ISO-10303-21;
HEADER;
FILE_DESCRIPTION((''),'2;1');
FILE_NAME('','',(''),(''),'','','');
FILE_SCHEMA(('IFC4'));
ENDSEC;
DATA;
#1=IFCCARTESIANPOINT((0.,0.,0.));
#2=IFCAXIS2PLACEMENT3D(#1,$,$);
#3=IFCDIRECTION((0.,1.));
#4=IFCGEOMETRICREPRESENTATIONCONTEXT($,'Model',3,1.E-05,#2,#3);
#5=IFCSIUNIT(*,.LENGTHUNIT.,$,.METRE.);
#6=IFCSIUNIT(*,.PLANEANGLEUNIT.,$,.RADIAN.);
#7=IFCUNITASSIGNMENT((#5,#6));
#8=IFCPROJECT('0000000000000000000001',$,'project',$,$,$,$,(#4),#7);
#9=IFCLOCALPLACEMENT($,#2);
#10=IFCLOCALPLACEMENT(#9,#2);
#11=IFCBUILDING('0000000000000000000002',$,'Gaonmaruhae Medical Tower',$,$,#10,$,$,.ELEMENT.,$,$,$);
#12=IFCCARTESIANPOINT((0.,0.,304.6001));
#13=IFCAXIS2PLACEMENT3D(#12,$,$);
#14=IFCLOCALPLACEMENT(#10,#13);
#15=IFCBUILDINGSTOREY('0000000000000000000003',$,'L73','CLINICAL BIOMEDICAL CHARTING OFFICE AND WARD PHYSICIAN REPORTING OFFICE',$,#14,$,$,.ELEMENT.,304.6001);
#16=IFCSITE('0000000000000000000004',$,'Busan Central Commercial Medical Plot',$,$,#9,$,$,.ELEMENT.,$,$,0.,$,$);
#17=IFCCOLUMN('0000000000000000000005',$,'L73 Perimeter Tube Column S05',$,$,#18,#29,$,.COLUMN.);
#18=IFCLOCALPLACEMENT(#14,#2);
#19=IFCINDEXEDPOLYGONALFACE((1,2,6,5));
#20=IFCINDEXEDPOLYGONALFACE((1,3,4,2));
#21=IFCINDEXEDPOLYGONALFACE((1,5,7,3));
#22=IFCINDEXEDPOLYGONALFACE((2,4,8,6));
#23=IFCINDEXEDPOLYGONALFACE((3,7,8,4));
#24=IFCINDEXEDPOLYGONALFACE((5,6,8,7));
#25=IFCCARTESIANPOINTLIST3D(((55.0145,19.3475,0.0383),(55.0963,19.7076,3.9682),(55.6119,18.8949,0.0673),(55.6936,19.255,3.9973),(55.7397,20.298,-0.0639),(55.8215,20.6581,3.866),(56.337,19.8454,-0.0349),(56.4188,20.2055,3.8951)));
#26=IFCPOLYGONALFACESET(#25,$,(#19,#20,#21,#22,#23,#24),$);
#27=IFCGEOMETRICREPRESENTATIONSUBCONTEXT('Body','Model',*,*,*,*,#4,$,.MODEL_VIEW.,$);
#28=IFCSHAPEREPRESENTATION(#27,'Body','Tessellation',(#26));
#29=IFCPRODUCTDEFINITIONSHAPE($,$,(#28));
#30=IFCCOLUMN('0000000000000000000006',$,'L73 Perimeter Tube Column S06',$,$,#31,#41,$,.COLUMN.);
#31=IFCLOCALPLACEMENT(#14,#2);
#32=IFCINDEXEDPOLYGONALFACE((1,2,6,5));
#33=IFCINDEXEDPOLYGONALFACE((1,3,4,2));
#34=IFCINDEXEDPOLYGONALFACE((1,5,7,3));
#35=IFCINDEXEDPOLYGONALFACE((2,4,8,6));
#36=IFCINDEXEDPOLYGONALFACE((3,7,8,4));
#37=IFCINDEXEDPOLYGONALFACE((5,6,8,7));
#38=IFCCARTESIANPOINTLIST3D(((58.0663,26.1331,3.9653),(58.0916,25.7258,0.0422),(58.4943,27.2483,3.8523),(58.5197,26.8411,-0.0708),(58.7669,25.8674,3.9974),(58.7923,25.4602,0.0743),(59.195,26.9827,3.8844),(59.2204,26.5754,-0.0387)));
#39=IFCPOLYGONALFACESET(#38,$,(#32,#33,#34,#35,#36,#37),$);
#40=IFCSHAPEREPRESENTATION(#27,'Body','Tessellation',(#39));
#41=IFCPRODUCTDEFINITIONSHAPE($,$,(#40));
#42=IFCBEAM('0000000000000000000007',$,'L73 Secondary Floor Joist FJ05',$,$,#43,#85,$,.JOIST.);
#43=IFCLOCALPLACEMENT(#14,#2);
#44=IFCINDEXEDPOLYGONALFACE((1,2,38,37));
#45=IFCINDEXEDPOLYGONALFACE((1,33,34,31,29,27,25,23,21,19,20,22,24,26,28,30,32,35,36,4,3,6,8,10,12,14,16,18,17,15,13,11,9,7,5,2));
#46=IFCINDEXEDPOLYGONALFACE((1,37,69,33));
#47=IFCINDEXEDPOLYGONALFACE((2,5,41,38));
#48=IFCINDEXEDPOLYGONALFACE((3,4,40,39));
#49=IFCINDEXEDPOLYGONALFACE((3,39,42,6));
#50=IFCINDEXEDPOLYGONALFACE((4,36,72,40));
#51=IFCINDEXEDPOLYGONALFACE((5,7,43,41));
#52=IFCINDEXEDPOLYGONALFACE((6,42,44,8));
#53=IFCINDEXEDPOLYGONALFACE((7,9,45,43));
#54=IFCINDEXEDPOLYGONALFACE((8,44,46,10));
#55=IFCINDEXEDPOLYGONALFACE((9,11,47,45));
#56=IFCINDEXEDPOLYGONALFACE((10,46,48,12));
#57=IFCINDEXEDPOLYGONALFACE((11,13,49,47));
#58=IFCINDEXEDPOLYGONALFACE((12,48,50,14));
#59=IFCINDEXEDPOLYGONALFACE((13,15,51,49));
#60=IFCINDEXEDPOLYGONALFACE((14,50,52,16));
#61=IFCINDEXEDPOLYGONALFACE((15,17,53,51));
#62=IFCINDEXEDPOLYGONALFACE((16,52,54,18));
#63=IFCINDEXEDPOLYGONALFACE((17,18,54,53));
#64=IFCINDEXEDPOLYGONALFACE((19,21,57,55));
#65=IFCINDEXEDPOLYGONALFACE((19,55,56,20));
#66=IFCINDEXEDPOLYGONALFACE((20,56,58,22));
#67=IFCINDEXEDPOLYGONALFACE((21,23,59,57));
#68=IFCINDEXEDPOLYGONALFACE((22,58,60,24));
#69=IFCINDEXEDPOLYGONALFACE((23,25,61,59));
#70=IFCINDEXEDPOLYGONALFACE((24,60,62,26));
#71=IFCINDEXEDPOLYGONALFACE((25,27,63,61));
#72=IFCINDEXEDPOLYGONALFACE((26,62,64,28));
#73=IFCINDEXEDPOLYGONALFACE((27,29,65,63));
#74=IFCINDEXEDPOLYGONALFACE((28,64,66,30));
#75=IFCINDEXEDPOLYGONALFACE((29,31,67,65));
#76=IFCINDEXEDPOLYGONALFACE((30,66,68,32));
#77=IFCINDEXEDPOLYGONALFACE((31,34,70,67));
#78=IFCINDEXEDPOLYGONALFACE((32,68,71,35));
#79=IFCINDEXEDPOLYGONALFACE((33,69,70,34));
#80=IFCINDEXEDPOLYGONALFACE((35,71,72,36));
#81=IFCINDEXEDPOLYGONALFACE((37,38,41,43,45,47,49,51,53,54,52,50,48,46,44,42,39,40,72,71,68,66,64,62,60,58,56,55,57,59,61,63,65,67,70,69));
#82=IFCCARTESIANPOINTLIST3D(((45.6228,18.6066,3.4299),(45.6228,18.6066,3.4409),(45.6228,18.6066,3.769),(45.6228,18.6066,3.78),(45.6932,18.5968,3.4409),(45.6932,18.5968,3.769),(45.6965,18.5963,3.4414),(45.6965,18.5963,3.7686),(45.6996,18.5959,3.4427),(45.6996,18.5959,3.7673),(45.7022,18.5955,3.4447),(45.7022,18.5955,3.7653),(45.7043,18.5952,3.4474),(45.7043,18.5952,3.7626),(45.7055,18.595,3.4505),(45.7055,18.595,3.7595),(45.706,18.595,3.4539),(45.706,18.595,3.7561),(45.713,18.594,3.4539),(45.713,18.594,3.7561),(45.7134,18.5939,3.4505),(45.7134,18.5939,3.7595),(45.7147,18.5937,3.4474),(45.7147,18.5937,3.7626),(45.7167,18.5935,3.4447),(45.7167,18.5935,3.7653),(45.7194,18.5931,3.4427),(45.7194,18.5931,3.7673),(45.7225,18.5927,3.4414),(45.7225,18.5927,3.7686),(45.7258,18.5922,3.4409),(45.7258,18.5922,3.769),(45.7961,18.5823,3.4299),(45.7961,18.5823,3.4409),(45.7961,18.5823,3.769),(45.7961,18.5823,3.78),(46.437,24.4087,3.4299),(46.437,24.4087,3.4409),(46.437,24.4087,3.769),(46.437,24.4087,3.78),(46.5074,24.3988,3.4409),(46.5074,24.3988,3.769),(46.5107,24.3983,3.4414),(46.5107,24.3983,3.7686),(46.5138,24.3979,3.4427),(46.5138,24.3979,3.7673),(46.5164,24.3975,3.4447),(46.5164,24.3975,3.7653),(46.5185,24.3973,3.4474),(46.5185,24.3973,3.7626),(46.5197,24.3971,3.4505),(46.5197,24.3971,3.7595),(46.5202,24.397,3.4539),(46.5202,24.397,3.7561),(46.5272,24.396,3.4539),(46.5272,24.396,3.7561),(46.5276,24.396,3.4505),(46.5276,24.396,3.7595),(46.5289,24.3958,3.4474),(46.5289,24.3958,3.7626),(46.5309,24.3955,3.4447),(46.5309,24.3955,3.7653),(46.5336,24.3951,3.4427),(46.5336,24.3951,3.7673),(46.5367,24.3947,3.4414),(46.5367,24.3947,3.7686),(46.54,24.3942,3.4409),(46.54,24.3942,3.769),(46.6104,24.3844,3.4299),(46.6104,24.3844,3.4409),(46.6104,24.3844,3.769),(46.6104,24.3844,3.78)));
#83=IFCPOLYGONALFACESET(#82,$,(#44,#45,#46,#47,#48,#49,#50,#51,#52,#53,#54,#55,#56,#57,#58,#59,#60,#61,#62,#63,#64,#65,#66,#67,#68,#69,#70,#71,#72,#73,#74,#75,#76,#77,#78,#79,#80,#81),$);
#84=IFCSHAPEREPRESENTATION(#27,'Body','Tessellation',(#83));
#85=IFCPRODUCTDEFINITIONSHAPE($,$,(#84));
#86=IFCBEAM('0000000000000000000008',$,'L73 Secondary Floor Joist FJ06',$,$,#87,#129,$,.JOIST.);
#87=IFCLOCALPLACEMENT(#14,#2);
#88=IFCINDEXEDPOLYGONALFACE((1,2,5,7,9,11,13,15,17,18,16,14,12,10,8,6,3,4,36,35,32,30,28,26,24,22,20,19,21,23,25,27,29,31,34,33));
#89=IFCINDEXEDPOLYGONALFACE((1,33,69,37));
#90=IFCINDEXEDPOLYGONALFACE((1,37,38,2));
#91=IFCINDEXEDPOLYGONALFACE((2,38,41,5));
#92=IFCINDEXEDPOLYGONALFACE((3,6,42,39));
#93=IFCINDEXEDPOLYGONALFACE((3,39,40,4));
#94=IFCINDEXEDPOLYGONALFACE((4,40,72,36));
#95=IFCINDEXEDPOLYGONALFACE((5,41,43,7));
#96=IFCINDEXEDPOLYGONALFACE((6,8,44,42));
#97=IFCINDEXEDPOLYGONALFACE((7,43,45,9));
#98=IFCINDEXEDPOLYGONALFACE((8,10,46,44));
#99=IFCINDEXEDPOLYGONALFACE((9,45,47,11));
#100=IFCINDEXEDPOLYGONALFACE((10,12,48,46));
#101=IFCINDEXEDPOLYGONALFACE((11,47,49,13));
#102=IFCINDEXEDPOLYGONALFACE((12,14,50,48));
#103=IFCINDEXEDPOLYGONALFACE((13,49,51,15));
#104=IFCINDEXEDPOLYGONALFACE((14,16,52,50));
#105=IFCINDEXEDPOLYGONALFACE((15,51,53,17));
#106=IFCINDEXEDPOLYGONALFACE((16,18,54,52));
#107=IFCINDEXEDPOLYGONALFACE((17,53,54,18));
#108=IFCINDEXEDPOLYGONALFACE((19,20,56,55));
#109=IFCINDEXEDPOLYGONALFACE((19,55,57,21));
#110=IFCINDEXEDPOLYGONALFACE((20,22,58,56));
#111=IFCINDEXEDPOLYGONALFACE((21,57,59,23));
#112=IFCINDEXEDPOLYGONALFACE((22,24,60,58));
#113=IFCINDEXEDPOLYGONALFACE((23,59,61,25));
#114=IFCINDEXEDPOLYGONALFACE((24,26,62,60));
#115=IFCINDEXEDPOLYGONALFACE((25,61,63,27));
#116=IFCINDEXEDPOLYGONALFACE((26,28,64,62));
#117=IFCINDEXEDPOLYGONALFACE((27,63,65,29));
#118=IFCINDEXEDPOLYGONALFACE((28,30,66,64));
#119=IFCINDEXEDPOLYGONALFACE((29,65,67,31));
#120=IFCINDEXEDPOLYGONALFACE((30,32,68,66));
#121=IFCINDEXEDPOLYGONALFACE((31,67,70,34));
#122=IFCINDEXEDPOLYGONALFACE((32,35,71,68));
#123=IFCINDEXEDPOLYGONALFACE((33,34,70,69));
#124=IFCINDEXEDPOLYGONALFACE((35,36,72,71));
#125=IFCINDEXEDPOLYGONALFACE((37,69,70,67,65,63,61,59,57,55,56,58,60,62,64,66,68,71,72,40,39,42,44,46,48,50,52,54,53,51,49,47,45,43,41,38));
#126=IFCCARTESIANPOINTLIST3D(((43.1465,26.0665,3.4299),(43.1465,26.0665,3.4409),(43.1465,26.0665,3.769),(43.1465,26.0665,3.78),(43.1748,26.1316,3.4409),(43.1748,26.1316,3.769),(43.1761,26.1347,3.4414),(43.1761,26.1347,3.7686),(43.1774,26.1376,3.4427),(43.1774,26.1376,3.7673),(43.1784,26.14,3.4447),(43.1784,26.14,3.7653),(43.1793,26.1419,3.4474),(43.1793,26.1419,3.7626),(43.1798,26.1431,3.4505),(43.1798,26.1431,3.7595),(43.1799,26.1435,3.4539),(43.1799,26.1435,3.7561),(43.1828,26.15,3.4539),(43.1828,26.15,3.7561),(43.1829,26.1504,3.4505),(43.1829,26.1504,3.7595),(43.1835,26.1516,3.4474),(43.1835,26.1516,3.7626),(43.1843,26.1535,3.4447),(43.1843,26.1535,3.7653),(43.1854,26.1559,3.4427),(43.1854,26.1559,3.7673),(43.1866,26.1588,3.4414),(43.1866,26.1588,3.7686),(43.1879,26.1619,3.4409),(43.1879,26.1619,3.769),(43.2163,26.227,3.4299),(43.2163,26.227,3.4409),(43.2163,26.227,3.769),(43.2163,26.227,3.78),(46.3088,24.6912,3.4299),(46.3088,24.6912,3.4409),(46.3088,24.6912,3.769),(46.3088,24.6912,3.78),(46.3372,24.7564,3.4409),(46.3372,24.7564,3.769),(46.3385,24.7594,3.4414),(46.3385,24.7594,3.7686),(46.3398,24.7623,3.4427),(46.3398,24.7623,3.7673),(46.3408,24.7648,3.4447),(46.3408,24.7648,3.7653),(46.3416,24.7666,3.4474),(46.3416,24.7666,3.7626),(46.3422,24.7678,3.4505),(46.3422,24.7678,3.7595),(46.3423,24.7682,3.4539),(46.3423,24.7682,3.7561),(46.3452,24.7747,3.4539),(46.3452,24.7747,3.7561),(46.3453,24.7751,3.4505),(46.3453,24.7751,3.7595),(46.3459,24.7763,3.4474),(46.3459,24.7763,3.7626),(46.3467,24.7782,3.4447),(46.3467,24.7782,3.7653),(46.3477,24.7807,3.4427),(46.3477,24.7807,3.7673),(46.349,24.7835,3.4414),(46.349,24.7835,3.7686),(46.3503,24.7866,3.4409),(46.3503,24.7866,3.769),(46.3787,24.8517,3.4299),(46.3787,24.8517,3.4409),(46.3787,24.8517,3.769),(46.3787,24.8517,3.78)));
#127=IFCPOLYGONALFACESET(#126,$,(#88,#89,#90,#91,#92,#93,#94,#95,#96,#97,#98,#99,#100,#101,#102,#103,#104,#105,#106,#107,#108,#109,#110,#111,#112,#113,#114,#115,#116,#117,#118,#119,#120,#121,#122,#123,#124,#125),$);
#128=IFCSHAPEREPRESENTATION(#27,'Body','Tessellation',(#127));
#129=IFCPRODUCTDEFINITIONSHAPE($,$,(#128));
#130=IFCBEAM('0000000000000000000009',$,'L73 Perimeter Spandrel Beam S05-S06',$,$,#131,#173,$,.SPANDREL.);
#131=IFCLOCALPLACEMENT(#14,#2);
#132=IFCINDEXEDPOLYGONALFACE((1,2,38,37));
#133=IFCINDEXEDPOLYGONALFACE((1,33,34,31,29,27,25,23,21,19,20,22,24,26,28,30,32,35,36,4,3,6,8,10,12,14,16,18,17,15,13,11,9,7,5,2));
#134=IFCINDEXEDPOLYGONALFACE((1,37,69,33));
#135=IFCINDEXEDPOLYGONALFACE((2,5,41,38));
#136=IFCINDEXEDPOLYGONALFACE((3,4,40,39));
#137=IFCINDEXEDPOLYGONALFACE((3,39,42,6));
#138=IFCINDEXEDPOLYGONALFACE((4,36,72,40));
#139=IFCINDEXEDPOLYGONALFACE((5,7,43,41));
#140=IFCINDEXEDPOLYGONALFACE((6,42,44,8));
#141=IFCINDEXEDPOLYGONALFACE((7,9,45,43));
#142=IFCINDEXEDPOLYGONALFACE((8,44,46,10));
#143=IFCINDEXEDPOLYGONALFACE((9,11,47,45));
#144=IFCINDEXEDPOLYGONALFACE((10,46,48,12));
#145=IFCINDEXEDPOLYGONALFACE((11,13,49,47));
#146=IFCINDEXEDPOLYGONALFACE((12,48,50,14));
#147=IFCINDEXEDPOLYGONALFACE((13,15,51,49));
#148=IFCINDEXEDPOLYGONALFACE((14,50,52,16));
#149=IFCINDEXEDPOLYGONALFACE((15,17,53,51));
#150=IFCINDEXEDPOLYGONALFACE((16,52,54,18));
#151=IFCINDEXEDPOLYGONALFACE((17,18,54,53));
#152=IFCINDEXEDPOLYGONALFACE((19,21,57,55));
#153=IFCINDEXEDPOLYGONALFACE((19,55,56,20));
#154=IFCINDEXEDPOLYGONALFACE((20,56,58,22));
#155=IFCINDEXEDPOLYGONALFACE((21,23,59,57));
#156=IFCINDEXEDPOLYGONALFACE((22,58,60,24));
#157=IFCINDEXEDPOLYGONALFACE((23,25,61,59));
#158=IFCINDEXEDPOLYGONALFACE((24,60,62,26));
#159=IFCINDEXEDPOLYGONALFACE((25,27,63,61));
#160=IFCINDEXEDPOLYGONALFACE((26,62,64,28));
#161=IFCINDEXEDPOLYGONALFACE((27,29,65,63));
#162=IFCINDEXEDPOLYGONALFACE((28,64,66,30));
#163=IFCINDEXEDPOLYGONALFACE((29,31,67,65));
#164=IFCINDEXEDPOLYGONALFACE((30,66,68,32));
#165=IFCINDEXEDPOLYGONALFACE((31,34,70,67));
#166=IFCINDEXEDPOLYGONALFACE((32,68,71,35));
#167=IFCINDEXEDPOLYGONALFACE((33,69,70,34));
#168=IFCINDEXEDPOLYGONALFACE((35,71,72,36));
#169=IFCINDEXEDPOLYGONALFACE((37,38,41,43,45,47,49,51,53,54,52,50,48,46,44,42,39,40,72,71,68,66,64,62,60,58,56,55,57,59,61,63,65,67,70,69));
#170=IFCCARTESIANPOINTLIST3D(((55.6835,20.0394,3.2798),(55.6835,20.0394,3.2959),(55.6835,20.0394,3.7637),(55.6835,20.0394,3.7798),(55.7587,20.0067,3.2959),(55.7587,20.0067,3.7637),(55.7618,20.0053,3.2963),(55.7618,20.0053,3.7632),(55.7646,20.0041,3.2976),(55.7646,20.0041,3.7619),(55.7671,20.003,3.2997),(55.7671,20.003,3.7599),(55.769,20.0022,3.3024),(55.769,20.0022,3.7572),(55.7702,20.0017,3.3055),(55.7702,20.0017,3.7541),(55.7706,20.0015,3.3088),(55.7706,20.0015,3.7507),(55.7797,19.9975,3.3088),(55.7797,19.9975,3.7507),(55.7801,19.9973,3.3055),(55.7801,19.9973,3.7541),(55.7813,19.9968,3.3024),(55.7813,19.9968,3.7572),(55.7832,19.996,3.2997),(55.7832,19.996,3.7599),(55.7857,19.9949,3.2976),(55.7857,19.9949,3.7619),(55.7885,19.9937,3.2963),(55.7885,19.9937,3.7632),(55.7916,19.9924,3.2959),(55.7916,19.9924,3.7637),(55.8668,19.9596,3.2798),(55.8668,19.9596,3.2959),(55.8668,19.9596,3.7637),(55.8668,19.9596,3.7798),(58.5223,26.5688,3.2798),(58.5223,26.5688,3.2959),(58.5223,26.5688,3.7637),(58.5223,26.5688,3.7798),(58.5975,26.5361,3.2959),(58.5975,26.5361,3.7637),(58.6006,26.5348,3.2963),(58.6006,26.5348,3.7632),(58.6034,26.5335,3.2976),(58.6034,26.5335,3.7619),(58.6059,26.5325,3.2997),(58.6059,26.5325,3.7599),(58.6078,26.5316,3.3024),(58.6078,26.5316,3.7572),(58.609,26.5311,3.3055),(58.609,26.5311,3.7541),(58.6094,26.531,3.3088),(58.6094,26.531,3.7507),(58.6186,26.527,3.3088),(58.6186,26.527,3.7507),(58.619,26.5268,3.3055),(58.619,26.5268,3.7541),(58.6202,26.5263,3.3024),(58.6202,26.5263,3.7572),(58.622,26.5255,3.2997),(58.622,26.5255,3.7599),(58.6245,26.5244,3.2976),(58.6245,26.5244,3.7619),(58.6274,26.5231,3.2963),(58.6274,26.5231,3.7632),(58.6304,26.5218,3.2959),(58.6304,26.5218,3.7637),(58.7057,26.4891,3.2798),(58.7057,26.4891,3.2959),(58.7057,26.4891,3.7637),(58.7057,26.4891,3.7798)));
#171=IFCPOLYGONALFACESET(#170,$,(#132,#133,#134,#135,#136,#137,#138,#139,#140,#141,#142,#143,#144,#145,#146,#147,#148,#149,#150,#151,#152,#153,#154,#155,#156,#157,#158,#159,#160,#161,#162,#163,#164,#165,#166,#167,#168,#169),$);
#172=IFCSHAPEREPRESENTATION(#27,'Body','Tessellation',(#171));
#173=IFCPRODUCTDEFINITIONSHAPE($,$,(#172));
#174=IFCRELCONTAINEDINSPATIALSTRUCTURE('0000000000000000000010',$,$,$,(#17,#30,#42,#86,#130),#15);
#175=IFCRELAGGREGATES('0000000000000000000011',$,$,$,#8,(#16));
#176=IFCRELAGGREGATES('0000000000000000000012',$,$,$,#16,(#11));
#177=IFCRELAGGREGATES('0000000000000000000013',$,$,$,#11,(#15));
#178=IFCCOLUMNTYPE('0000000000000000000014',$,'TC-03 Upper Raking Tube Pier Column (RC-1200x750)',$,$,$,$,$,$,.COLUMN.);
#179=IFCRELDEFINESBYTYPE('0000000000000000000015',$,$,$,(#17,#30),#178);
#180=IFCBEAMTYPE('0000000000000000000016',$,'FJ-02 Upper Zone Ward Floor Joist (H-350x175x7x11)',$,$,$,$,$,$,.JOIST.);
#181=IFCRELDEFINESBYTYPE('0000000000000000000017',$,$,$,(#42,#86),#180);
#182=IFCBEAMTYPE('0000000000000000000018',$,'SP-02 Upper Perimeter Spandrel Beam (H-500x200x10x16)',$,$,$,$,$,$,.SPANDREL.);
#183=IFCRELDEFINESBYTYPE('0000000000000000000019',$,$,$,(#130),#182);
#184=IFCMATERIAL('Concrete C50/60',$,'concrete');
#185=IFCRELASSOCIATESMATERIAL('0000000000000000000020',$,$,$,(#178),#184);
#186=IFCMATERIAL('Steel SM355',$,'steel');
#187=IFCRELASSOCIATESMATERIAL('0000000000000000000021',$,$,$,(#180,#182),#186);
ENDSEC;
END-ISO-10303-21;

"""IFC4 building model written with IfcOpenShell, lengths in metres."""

from ifc_helpers import new_model, si_unit, direction, frame, origin, origin_2d, place, context, subcontext, project, spatial, rectangle, i_section, extrude, material, material_profile, profile_set, type_object, element, save


model = new_model("IFC4")

# Units and contexts
model_context = context("Model", 3, precision=1e-05, world=origin(), true_north=direction((0.0, 1.0)))
body_context = subcontext(model_context, "Body", "Model", "MODEL_VIEW")
ifc_project = project(units=[si_unit("LENGTHUNIT", "METRE"), si_unit("PLANEANGLEUNIT", "RADIAN")], contexts=[model_context])

# Site, building, storey
site_placement = place(None, origin())
site = spatial("IfcSite", under=ifc_project, at=site_placement, Name="Busan Central Commercial Medical Plot", CompositionType="ELEMENT", RefElevation=0.0)
building_placement = place(site_placement, origin())
building = spatial("IfcBuilding", under=site, at=building_placement, Name="Gaonmaruhae Medical Tower", CompositionType="ELEMENT")
storey_placement = place(building_placement, frame((0.0, 0.0, 304.6001)))
storey = spatial("IfcBuildingStorey", under=building, at=storey_placement, Name="L73", Description="CLINICAL BIOMEDICAL CHARTING OFFICE AND WARD PHYSICIAN REPORTING OFFICE", CompositionType="ELEMENT", Elevation=304.6001)

# Columns
ifc_material_1 = material(Name="Concrete C50/60", Category="concrete")
ifc_material_profile_1 = material_profile(ifc_material_1, rectangle(XDim=1.2, YDim=0.75, at=origin_2d()), Name="RC-1200x750")
ifc_profile_set_1 = profile_set([ifc_material_profile_1], Name="Concrete C50/60")
column_type = type_object("IfcColumnType", Name="TC-03 Upper Raking Tube Pier Column (RC-1200x750)", PredefinedType="COLUMN", material=ifc_profile_set_1)
column_1_placement = place(storey_placement, frame((55.6758, 19.5964, 0.0017), z_axis=(0.02072, 0.09123, 0.995614), x_axis=(-0.604352, -0.792152, 0.085164)))
element("IfcColumn", 1, at=column_1_placement, inside=storey, type_object=column_type, Name="L73 Perimeter Tube Column S05", PredefinedType="COLUMN", context=body_context, shape_type="SweptSolid", body=[
    extrude(rectangle(XDim=1.2, YDim=0.75, at=origin_2d()), origin(), (0.0, 0.0, 1.0), 3.9473),
])
column_2_placement = place(storey_placement, frame((58.656, 26.1506, 0.0017), z_axis=(-0.006437, 0.103245, 0.994635), x_axis=(-0.356752, -0.929441, 0.094169)))
element("IfcColumn", 2, at=column_2_placement, inside=storey, type_object=column_type, Name="L73 Perimeter Tube Column S06", PredefinedType="COLUMN", context=body_context, shape_type="SweptSolid", body=[
    extrude(rectangle(XDim=1.2, YDim=0.75, at=origin_2d()), origin(), (0.0, 0.0, 1.0), 3.9443),
])

# Beams
ifc_material_2 = material(Name="Steel SM355", Category="steel")
ifc_material_profile_2 = material_profile(ifc_material_2, i_section(OverallWidth=0.175, OverallDepth=0.3501, WebThickness=0.0071, FlangeThickness=0.011, FilletRadius=0.0129, at=origin_2d()), Name="H-350x175x7x11")
ifc_profile_set_2 = profile_set([ifc_material_profile_2], Name="Steel SM355")
beam_type_1 = type_object("IfcBeamType", Name="FJ-02 Upper Zone Ward Floor Joist (H-350x175x7x11)", PredefinedType="JOIST", material=ifc_profile_set_2)
beam_1_placement = place(storey_placement, frame((45.7095, 18.5945, 3.605), z_axis=(0.138971, 0.990296, 0.0), x_axis=(-0.990296, 0.138971, 0.0)))
element("IfcBeam", 3, at=beam_1_placement, inside=storey, type_object=beam_type_1, Name="L73 Secondary Floor Joist FJ05", PredefinedType="JOIST", context=body_context, shape_type="SweptSolid", body=[
    extrude(i_section(OverallWidth=0.175, OverallDepth=0.3501, WebThickness=0.0071, FlangeThickness=0.011, FilletRadius=0.0129, at=origin_2d()), origin(), (0.0, 0.0, 1.0), 5.8589),
])
beam_2_placement = place(storey_placement, frame((46.3438, 24.7715, 3.605), z_axis=(-0.917037, 0.398801, 0.0), x_axis=(-0.398801, -0.917037, 0.0)))
element("IfcBeam", 4, at=beam_2_placement, inside=storey, type_object=beam_type_1, Name="L73 Secondary Floor Joist FJ06", PredefinedType="JOIST", context=body_context, shape_type="SweptSolid", body=[
    extrude(i_section(OverallWidth=0.175, OverallDepth=0.3501, WebThickness=0.0071, FlangeThickness=0.011, FilletRadius=0.0129, at=origin_2d()), origin(), (0.0, 0.0, 1.0), 3.4485),
])
ifc_material_profile_3 = material_profile(ifc_material_2, i_section(OverallWidth=0.2, OverallDepth=0.5, WebThickness=0.01, FlangeThickness=0.0161, FilletRadius=0.0129, at=origin_2d()), Name="H-500x200x10x16")
ifc_profile_set_3 = profile_set([ifc_material_profile_3], Name="Steel SM355")
beam_type_2 = type_object("IfcBeamType", Name="SP-02 Upper Perimeter Spandrel Beam (H-500x200x10x16)", PredefinedType="SPANDREL", material=ifc_profile_set_3)
beam_3_placement = place(storey_placement, frame((55.7751, 19.9995, 3.5298), z_axis=(0.398719, 0.917073, 0.0), x_axis=(-0.917073, 0.398719, 0.0)))
element("IfcBeam", 5, at=beam_3_placement, inside=storey, type_object=beam_type_2, Name="L73 Perimeter Spandrel Beam S05-S06", PredefinedType="SPANDREL", context=body_context, shape_type="SweptSolid", body=[
    extrude(i_section(OverallWidth=0.2, OverallDepth=0.5, WebThickness=0.01, FlangeThickness=0.0161, FilletRadius=0.0129, at=origin_2d()), origin(), (0.0, 0.0, 1.0), 7.1199),
])

save(model, "model.ifc")
